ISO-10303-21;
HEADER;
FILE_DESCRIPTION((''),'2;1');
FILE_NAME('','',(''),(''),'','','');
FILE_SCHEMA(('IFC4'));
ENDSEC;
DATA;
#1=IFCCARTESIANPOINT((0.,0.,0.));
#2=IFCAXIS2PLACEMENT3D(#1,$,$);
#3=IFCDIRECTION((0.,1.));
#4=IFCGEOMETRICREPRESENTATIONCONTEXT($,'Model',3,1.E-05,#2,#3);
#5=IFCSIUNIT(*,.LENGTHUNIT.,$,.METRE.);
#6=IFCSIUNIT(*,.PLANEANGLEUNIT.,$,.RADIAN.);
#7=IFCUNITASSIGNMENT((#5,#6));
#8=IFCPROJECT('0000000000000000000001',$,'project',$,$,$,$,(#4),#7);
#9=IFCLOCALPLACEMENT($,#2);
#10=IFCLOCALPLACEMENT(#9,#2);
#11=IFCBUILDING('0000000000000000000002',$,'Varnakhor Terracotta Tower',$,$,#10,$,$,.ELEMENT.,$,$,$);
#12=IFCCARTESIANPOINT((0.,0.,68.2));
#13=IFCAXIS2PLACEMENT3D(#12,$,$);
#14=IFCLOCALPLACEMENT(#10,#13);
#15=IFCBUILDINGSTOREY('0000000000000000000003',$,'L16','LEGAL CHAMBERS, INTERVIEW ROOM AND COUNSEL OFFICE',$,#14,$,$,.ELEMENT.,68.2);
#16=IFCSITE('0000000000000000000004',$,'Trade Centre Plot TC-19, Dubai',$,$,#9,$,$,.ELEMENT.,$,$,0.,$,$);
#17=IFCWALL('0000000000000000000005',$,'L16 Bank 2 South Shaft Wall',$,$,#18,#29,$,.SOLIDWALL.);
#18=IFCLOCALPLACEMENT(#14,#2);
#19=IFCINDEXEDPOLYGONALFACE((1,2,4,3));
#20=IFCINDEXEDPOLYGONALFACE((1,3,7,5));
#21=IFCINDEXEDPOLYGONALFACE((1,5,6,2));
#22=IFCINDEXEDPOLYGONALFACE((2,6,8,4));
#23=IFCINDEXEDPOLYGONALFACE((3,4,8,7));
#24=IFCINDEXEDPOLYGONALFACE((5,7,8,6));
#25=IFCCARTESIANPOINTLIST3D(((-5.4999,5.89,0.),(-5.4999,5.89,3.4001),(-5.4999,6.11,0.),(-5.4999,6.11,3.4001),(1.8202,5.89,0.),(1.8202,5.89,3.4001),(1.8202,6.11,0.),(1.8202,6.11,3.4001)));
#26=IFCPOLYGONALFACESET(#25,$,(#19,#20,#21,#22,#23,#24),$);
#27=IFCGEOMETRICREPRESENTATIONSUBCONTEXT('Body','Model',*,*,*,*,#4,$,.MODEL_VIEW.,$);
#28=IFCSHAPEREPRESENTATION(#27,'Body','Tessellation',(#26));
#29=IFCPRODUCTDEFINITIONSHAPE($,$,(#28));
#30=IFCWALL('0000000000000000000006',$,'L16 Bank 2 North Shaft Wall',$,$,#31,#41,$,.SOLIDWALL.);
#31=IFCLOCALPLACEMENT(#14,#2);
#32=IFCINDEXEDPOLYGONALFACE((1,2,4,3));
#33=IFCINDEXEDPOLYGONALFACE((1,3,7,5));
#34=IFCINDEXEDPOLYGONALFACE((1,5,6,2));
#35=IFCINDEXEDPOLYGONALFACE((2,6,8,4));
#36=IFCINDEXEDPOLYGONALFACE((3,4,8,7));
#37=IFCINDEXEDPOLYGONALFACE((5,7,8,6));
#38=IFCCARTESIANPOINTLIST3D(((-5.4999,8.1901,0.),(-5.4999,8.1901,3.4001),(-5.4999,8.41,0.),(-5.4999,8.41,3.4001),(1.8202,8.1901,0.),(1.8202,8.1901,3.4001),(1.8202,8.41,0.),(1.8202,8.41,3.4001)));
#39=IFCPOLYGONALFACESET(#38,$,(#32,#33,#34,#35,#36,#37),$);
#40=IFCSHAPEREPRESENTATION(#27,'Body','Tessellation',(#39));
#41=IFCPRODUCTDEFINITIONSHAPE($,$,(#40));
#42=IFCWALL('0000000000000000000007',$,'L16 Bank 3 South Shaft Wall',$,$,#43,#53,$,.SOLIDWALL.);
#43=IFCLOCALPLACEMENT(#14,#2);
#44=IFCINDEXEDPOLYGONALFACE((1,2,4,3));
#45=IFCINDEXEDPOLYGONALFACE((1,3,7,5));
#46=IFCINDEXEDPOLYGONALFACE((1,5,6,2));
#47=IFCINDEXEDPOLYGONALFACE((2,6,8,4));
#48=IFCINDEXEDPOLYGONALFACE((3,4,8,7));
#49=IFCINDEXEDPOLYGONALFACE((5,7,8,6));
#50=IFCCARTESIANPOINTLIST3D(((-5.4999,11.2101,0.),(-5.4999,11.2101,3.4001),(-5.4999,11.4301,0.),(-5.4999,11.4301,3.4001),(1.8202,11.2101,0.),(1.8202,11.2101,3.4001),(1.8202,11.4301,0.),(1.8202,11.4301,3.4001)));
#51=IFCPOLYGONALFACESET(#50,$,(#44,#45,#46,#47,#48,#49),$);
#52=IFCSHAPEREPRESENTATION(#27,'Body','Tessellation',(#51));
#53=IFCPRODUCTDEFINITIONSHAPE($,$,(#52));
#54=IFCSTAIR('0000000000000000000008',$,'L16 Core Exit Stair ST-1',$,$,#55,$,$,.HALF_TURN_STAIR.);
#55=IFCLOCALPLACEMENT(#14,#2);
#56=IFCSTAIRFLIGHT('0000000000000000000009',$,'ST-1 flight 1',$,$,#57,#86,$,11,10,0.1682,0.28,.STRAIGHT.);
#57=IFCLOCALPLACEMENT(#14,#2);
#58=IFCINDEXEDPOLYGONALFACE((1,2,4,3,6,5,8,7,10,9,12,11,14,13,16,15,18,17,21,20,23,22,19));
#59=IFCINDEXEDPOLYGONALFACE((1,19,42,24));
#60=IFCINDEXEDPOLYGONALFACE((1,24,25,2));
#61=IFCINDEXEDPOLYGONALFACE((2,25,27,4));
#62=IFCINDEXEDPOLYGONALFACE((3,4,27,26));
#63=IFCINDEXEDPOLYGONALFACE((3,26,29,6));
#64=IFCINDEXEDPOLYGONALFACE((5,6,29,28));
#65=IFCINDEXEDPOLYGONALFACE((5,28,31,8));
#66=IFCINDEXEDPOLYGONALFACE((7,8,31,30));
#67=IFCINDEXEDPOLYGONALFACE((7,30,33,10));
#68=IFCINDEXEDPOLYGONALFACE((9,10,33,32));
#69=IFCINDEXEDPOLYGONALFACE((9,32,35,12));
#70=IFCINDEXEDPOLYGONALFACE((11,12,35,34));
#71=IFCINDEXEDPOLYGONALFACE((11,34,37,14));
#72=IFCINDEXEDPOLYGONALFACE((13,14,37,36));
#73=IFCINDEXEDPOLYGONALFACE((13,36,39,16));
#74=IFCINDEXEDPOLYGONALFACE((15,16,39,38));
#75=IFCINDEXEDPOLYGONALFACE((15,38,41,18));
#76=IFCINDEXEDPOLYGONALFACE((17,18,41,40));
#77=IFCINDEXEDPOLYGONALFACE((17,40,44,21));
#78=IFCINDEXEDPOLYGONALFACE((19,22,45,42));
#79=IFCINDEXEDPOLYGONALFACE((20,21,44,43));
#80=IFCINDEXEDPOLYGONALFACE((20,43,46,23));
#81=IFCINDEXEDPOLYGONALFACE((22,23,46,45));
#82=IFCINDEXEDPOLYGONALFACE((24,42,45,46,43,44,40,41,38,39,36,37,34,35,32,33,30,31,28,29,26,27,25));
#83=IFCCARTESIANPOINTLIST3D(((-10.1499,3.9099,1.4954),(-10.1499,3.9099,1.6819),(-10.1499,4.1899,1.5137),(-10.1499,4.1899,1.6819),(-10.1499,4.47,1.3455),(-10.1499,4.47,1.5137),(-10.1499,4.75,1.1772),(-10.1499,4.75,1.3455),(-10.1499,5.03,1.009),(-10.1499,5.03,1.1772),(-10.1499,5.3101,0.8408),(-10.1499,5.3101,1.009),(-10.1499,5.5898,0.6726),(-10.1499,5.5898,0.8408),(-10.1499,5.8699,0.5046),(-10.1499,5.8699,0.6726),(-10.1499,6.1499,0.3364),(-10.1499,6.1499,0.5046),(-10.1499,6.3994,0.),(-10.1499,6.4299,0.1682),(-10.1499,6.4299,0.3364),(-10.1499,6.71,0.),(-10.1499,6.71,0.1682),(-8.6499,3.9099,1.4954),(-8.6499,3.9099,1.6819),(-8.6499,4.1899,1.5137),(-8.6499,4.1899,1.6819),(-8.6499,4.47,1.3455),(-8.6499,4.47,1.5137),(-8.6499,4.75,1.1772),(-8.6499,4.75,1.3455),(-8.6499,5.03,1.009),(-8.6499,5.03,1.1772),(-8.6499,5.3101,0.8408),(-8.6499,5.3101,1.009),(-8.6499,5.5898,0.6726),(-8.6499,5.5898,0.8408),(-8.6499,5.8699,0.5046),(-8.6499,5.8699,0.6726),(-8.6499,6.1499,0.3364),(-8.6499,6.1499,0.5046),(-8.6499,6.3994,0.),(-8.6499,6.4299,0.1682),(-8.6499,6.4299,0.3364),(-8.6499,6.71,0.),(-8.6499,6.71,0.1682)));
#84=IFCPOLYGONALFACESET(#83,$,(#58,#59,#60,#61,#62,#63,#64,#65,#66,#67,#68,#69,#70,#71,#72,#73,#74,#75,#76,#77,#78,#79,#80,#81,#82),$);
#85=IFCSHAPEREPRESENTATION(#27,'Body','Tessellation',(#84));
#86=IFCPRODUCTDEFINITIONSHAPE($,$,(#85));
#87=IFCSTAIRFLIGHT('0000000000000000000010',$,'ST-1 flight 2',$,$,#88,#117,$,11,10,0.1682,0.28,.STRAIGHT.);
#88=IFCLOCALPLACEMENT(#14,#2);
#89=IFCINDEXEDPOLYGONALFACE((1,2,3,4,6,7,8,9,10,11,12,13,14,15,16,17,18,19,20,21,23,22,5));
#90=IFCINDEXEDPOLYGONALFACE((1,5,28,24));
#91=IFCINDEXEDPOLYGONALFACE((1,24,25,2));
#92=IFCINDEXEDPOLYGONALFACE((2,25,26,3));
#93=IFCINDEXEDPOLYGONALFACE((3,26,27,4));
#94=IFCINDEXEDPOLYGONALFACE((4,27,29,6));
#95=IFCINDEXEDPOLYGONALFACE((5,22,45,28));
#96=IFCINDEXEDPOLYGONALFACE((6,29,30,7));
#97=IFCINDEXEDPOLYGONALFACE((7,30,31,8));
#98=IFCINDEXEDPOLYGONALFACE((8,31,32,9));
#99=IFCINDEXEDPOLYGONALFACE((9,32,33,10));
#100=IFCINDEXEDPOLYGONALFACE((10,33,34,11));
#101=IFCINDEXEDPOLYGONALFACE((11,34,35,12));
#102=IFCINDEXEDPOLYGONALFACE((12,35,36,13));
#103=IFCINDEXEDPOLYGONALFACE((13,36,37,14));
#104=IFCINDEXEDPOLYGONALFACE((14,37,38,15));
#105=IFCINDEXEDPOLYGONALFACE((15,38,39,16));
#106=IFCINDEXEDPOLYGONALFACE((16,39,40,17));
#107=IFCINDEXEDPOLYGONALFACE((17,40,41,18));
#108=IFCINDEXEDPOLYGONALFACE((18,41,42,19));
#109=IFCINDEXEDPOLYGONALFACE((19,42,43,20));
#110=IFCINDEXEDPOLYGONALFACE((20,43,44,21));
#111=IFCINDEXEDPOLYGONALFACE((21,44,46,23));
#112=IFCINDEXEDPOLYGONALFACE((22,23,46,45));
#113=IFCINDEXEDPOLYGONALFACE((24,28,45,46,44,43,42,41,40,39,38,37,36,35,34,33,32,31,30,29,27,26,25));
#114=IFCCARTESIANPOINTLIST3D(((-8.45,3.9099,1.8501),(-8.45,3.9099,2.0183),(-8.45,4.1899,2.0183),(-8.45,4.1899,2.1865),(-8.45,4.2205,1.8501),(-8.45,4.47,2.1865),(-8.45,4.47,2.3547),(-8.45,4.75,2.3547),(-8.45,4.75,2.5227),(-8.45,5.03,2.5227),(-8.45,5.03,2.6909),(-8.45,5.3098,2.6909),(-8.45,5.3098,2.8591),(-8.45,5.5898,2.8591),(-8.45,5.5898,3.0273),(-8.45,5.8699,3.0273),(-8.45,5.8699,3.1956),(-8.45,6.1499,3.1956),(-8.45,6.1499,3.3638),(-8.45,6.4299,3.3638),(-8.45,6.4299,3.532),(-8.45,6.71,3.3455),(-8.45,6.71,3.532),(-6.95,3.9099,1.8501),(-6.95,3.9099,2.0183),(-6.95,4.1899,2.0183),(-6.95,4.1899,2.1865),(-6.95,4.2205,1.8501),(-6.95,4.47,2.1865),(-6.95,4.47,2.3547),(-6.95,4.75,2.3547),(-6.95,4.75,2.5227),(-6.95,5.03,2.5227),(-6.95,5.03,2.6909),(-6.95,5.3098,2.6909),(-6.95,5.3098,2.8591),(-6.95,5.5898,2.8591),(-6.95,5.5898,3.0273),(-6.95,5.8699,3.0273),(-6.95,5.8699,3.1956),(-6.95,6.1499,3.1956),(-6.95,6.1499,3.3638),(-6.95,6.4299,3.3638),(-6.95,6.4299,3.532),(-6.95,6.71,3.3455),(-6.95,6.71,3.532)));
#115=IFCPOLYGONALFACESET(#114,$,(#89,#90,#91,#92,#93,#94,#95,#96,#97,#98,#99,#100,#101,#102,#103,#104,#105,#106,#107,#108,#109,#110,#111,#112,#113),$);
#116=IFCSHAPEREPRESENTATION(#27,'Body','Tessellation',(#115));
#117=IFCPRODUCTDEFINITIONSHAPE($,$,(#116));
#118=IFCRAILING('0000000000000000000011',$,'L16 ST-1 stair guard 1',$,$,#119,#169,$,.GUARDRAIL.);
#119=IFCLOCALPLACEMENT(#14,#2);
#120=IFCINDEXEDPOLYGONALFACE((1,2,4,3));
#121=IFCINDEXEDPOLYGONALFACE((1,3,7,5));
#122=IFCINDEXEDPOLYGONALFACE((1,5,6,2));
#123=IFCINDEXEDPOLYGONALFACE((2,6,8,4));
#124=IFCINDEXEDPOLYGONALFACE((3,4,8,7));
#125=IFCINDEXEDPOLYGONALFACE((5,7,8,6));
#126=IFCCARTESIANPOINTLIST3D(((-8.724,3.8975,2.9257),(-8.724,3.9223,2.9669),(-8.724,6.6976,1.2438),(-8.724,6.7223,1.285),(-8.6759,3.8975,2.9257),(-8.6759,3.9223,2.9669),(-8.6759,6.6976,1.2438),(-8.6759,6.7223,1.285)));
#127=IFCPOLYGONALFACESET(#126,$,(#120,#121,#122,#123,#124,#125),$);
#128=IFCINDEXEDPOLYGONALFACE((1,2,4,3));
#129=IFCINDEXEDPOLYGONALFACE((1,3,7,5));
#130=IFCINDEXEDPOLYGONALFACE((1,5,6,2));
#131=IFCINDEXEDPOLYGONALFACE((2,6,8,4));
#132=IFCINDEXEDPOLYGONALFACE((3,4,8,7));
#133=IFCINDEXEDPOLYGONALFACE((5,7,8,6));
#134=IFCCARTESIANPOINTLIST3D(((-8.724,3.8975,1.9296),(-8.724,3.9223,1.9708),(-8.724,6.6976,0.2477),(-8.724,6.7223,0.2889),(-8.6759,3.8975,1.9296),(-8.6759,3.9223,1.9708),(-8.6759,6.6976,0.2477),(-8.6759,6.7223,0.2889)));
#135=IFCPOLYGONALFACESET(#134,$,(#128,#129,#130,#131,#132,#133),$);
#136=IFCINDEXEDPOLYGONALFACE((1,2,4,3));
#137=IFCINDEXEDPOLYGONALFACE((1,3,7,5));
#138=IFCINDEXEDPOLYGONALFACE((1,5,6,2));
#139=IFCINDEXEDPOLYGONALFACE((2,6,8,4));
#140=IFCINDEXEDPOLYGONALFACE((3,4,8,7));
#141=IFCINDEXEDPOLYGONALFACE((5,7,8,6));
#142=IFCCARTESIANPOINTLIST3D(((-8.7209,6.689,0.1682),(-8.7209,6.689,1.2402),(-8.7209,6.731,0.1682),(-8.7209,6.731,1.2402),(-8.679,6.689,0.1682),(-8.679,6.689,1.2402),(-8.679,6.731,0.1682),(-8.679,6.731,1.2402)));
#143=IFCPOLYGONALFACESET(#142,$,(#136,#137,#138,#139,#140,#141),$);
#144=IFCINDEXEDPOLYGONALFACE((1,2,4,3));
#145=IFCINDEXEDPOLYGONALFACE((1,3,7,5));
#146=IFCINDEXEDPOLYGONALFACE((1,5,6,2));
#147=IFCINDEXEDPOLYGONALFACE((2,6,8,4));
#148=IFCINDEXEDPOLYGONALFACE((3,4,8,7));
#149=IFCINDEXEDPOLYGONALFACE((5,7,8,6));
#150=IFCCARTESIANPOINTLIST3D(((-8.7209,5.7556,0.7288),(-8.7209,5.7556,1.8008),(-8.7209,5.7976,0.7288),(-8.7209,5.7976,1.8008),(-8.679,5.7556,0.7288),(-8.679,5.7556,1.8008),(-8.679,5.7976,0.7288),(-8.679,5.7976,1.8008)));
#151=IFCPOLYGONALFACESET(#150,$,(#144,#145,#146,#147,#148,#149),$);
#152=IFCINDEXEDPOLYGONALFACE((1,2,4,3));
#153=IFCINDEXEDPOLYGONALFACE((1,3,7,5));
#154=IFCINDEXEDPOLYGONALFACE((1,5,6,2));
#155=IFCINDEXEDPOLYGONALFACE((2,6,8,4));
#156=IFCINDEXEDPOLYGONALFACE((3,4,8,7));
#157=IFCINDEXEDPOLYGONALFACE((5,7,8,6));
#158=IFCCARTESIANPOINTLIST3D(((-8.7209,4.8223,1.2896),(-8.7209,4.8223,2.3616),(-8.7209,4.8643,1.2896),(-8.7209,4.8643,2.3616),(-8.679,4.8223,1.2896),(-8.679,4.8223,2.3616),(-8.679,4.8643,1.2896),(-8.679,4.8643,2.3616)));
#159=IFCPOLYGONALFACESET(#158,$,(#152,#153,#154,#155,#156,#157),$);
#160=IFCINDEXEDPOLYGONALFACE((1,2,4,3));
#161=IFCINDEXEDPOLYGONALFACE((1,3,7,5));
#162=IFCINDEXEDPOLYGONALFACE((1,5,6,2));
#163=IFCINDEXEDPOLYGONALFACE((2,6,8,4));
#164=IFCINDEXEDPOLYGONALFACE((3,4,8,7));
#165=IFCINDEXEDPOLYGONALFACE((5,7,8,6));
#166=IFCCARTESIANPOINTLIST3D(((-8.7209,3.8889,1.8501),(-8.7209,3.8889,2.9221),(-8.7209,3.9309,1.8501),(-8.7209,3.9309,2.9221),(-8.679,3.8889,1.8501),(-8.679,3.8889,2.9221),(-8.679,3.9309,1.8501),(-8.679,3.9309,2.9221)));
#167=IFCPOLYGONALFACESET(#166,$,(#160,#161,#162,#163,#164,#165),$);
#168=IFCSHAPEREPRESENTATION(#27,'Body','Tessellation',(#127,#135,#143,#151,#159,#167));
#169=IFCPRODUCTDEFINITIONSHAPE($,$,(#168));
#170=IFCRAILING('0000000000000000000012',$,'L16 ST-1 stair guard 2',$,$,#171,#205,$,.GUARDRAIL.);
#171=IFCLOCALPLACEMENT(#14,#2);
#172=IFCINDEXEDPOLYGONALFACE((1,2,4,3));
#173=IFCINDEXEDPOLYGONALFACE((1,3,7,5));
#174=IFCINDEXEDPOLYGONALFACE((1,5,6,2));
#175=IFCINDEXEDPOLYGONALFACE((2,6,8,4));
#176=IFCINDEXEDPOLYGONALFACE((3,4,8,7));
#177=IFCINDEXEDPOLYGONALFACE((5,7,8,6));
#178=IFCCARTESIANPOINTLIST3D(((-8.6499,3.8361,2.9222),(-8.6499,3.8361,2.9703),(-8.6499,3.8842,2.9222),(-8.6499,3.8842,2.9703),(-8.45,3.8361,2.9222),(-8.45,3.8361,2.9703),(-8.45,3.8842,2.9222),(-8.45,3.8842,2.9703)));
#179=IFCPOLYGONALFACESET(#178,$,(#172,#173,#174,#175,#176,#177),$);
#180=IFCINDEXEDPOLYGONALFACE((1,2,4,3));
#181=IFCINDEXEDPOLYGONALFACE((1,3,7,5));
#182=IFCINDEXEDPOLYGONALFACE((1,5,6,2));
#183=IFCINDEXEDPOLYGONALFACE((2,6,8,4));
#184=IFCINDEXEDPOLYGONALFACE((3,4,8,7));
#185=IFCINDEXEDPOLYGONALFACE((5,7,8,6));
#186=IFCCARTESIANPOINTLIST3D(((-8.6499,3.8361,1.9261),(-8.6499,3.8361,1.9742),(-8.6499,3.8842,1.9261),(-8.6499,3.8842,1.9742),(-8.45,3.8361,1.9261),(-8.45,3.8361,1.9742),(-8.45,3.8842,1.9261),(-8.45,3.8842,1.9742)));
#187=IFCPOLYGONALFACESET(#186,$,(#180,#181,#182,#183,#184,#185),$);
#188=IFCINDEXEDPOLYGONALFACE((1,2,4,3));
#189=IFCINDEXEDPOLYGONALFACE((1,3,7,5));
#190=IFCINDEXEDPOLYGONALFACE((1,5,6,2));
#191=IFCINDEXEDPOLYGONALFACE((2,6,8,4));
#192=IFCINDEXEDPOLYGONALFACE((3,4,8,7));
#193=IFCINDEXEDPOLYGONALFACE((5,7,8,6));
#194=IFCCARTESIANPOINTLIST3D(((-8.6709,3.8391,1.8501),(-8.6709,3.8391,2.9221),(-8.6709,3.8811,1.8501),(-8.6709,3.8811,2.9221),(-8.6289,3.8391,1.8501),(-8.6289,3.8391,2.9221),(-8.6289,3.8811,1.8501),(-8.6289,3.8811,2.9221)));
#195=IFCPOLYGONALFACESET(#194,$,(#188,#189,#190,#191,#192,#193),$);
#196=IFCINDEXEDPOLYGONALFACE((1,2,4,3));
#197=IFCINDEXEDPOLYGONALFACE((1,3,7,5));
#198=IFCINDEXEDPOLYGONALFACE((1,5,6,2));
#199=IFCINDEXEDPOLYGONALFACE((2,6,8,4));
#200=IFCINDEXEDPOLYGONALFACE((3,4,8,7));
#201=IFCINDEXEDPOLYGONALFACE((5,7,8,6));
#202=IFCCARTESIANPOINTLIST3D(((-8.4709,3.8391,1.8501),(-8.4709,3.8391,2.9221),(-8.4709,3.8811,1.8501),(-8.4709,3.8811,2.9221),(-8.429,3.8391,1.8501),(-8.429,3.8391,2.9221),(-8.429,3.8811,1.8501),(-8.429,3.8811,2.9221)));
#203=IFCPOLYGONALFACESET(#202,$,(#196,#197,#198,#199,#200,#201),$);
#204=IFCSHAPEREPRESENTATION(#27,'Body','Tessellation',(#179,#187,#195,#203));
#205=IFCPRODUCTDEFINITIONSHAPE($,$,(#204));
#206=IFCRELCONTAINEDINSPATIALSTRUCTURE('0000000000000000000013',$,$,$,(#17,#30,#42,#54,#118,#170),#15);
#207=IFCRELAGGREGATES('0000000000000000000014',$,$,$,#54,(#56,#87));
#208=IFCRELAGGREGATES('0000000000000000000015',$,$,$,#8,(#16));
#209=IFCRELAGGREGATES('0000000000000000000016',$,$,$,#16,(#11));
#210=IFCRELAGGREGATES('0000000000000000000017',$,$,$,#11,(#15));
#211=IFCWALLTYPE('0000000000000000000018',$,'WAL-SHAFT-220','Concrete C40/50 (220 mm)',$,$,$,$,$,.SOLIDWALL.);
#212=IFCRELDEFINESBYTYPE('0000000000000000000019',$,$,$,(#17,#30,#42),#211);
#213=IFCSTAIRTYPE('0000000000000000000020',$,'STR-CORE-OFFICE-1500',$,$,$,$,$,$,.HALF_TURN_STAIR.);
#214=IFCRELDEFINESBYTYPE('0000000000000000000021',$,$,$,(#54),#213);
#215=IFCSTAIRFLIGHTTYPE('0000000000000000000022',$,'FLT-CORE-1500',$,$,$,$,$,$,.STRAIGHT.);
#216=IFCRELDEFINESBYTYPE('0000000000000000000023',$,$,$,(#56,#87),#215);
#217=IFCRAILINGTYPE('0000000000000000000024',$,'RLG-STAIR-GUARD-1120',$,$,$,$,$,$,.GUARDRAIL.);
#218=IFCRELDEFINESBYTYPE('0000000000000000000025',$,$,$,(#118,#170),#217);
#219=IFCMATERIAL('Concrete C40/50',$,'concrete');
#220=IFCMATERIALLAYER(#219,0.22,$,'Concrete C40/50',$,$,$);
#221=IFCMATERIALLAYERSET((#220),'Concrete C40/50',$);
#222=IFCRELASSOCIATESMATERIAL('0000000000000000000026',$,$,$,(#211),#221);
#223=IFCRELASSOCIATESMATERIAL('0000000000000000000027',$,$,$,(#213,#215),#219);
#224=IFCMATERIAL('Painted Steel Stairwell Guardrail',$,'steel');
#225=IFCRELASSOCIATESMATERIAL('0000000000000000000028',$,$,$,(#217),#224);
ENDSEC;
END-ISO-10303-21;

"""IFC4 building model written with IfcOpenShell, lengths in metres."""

from ifc_helpers import new_model, si_unit, direction, frame, frame_2d, origin, origin_2d, place, context, subcontext, project, spatial, polyline, rectangle, outline, extrude, material, layer, layer_set, type_object, element, aggregate, save


model = new_model("IFC4")

# Units and contexts
model_context = context("Model", 3, precision=1e-05, world=origin(), true_north=direction((0.0, 1.0)))
body_context = subcontext(model_context, "Body", "Model", "MODEL_VIEW")
ifc_project = project(units=[si_unit("LENGTHUNIT", "METRE"), si_unit("PLANEANGLEUNIT", "RADIAN")], contexts=[model_context])

# Site, building, storey
site_placement = place(None, origin())
site = spatial("IfcSite", under=ifc_project, at=site_placement, Name="Trade Centre Plot TC-19, Dubai", CompositionType="ELEMENT", RefElevation=0.0)
building_placement = place(site_placement, origin())
building = spatial("IfcBuilding", under=site, at=building_placement, Name="Varnakhor Terracotta Tower", CompositionType="ELEMENT")
storey_placement = place(building_placement, frame((0.0, 0.0, 68.2)))
storey = spatial("IfcBuildingStorey", under=building, at=storey_placement, Name="L16", Description="LEGAL CHAMBERS, INTERVIEW ROOM AND COUNSEL OFFICE", CompositionType="ELEMENT", Elevation=68.2)

# Shared definitions
ifc_material_1 = material(Name="Concrete C40/50", Category="concrete")

# Shared definitions
ifc_layer_1 = layer(ifc_material_1, 0.22, Name="Concrete C40/50")
ifc_layer_set_1 = layer_set([ifc_layer_1], Name="Concrete C40/50")
wall_type_1 = type_object("IfcWallType", Name="WAL-SHAFT-220", Description="Concrete C40/50 (220 mm)", PredefinedType="SOLIDWALL", material=ifc_layer_set_1)

# Walls
for number, where, z_axis, x_axis, name in (
    (1, (-5.5, 6.0, 0.0), (0.0, 0.0, 1.0), (1.0, 0.0, 0.0), "L16 Bank 2 South Shaft Wall"),
    (2, (-5.5, 8.3, 0.0), (0.0, 0.0, 1.0), (1.0, 0.0, 0.0), "L16 Bank 2 North Shaft Wall"),
    (3, (-5.5, 11.3201, 0.0), (0.0, 0.0, 1.0), (1.0, 0.0, 0.0), "L16 Bank 3 South Shaft Wall"),
):
    element("IfcWall", number, at=place(storey_placement, frame(where, z_axis=z_axis, x_axis=x_axis)), inside=storey, type_object=wall_type_1, Name=name, PredefinedType="SOLIDWALL", context=body_context, shape_type="SweptSolid", body=[
        extrude(rectangle(XDim=7.3201, YDim=0.22, at=frame_2d((3.6602, 0.0))), origin(), (0.0, 0.0, 1.0), 3.4001),
    ])

# Stair, stair flights
stair_type = type_object("IfcStairType", Name="STR-CORE-OFFICE-1500", PredefinedType="HALF_TURN_STAIR", material=ifc_material_1)
stair_placement = place(storey_placement, origin())
stair = element("IfcStair", 4, at=stair_placement, inside=storey, type_object=stair_type, Name="L16 Core Exit Stair ST-1", PredefinedType="HALF_TURN_STAIR")
stair_flight_type = type_object("IfcStairFlightType", Name="FLT-CORE-1500", PredefinedType="STRAIGHT", material=ifc_material_1)
stair_flight_1_placement = place(storey_placement, frame((-9.3999, 6.71, 0.0), z_axis=(0.0, 0.0, 1.0), x_axis=(0.0, -1.0, 0.0)))
stair_flight_1 = element("IfcStairFlight", 5, at=stair_flight_1_placement, type_object=stair_flight_type, Name="ST-1 flight 1", NumberOfRisers=11, NumberOfTreads=10, PredefinedType="STRAIGHT", RiserHeight=0.1682, TreadLength=0.28, context=body_context, shape_type="SweptSolid", body=[
    extrude(outline(polyline([(0.0, 0.0), (0.0, 0.1682), (0.28, 0.1682), (0.28, 0.3364), (0.5601, 0.3364), (0.5601, 0.5046), (0.8401, 0.5046), (0.8401, 0.6726), (1.1201, 0.6726), (1.1201, 0.8408), (1.3999, 0.8408), (1.3999, 1.009), (1.6799, 1.009), (1.6799, 1.1772), (1.96, 1.1772), (1.96, 1.3455), (2.24, 1.3455), (2.24, 1.5137), (2.52, 1.5137), (2.52, 1.6819), (2.8, 1.6819), (2.8, 1.8501), (2.8, 1.4954), (0.3105, 0.0), (0.0, 0.0)])), frame((0.0, 0.75, 0.0), z_axis=(0.0, -1.0, 0.0), x_axis=(1.0, 0.0, 0.0)), (0.0, 0.0, 1.0), 1.5),
])
stair_flight_2_placement = place(storey_placement, frame((-7.7, 3.9099, 1.8501), z_axis=(0.0, 0.0, 1.0), x_axis=(0.0, 1.0, 0.0)))
stair_flight_2 = element("IfcStairFlight", 6, at=stair_flight_2_placement, type_object=stair_flight_type, Name="ST-1 flight 2", NumberOfRisers=11, NumberOfTreads=10, PredefinedType="STRAIGHT", RiserHeight=0.1682, TreadLength=0.28, context=body_context, shape_type="SweptSolid", body=[
    extrude(outline(polyline([(0.0, 0.0), (0.0, 0.1682), (0.28, 0.1682), (0.28, 0.3364), (0.5601, 0.3364), (0.5601, 0.5046), (0.8401, 0.5046), (0.8401, 0.6726), (1.1201, 0.6726), (1.1201, 0.8408), (1.3999, 0.8408), (1.3999, 1.009), (1.6799, 1.009), (1.6799, 1.1772), (1.96, 1.1772), (1.96, 1.3455), (2.24, 1.3455), (2.24, 1.5137), (2.52, 1.5137), (2.52, 1.6819), (2.8, 1.6819), (2.8, 1.8501), (2.8, 1.4954), (0.3105, 0.0), (0.0, 0.0)])), frame((0.0, 0.75, 0.0), z_axis=(0.0, -1.0, 0.0), x_axis=(1.0, 0.0, 0.0)), (0.0, 0.0, 1.0), 1.5),
])
aggregate(stair, [stair_flight_1, stair_flight_2])

# Railings
ifc_material_2 = material(Name="Painted Steel Stairwell Guardrail", Category="steel")
railing_type_1 = type_object("IfcRailingType", Name="RLG-STAIR-GUARD-1120", PredefinedType="GUARDRAIL", material=ifc_material_2)
railing_1_placement = place(storey_placement, frame((-8.7, 6.71, 0.1682)))
element("IfcRailing", 7, at=railing_1_placement, inside=storey, type_object=railing_type_1, Name="L16 ST-1 stair guard 1", PredefinedType="GUARDRAIL", context=body_context, shape_type="SweptSolid", body=[
    extrude(rectangle(XDim=0.0481, YDim=0.0481, at=origin_2d()), frame((0.0, 0.0, 1.0962), z_axis=(0.0, -0.857242, 0.514913), x_axis=(1.0, 0.0, 0.0)), (0.0, 0.0, 1.0), 3.2664),
    extrude(rectangle(XDim=0.0481, YDim=0.0481, at=origin_2d()), frame((0.0, 0.0, 0.1001), z_axis=(0.0, -0.857242, 0.514913), x_axis=(1.0, 0.0, 0.0)), (0.0, 0.0, 1.0), 3.2664),
    extrude(rectangle(XDim=0.042, YDim=0.042, at=origin_2d()), origin(), (0.0, 0.0, 1.0), 1.072),
    extrude(rectangle(XDim=0.042, YDim=0.042, at=origin_2d()), frame((0.0, -0.9333, 0.5605)), (0.0, 0.0, 1.0), 1.072),
    extrude(rectangle(XDim=0.042, YDim=0.042, at=origin_2d()), frame((0.0, -1.8667, 1.1213)), (0.0, 0.0, 1.0), 1.072),
    extrude(rectangle(XDim=0.042, YDim=0.042, at=origin_2d()), frame((0.0, -2.8, 1.6819)), (0.0, 0.0, 1.0), 1.072),
])
railing_2_placement = place(storey_placement, frame((-8.6499, 3.8601, 1.8501)))
element("IfcRailing", 8, at=railing_2_placement, inside=storey, type_object=railing_type_1, Name="L16 ST-1 stair guard 2", PredefinedType="GUARDRAIL", context=body_context, shape_type="SweptSolid", body=[
    extrude(rectangle(XDim=0.0481, YDim=0.0481, at=origin_2d()), frame((0.0, 0.0, 1.0962), z_axis=(1.0, 0.0, 0.0), x_axis=(0.0, 1.0, 0.0)), (0.0, 0.0, 1.0), 0.2),
    extrude(rectangle(XDim=0.0481, YDim=0.0481, at=origin_2d()), frame((0.0, 0.0, 0.1001), z_axis=(1.0, 0.0, 0.0), x_axis=(0.0, 1.0, 0.0)), (0.0, 0.0, 1.0), 0.2),
    extrude(rectangle(XDim=0.042, YDim=0.042, at=origin_2d()), origin(), (0.0, 0.0, 1.0), 1.072),
    extrude(rectangle(XDim=0.042, YDim=0.042, at=origin_2d()), frame((0.2, 0.0, 0.0)), (0.0, 0.0, 1.0), 1.072),
])

save(model, "model.ifc")
